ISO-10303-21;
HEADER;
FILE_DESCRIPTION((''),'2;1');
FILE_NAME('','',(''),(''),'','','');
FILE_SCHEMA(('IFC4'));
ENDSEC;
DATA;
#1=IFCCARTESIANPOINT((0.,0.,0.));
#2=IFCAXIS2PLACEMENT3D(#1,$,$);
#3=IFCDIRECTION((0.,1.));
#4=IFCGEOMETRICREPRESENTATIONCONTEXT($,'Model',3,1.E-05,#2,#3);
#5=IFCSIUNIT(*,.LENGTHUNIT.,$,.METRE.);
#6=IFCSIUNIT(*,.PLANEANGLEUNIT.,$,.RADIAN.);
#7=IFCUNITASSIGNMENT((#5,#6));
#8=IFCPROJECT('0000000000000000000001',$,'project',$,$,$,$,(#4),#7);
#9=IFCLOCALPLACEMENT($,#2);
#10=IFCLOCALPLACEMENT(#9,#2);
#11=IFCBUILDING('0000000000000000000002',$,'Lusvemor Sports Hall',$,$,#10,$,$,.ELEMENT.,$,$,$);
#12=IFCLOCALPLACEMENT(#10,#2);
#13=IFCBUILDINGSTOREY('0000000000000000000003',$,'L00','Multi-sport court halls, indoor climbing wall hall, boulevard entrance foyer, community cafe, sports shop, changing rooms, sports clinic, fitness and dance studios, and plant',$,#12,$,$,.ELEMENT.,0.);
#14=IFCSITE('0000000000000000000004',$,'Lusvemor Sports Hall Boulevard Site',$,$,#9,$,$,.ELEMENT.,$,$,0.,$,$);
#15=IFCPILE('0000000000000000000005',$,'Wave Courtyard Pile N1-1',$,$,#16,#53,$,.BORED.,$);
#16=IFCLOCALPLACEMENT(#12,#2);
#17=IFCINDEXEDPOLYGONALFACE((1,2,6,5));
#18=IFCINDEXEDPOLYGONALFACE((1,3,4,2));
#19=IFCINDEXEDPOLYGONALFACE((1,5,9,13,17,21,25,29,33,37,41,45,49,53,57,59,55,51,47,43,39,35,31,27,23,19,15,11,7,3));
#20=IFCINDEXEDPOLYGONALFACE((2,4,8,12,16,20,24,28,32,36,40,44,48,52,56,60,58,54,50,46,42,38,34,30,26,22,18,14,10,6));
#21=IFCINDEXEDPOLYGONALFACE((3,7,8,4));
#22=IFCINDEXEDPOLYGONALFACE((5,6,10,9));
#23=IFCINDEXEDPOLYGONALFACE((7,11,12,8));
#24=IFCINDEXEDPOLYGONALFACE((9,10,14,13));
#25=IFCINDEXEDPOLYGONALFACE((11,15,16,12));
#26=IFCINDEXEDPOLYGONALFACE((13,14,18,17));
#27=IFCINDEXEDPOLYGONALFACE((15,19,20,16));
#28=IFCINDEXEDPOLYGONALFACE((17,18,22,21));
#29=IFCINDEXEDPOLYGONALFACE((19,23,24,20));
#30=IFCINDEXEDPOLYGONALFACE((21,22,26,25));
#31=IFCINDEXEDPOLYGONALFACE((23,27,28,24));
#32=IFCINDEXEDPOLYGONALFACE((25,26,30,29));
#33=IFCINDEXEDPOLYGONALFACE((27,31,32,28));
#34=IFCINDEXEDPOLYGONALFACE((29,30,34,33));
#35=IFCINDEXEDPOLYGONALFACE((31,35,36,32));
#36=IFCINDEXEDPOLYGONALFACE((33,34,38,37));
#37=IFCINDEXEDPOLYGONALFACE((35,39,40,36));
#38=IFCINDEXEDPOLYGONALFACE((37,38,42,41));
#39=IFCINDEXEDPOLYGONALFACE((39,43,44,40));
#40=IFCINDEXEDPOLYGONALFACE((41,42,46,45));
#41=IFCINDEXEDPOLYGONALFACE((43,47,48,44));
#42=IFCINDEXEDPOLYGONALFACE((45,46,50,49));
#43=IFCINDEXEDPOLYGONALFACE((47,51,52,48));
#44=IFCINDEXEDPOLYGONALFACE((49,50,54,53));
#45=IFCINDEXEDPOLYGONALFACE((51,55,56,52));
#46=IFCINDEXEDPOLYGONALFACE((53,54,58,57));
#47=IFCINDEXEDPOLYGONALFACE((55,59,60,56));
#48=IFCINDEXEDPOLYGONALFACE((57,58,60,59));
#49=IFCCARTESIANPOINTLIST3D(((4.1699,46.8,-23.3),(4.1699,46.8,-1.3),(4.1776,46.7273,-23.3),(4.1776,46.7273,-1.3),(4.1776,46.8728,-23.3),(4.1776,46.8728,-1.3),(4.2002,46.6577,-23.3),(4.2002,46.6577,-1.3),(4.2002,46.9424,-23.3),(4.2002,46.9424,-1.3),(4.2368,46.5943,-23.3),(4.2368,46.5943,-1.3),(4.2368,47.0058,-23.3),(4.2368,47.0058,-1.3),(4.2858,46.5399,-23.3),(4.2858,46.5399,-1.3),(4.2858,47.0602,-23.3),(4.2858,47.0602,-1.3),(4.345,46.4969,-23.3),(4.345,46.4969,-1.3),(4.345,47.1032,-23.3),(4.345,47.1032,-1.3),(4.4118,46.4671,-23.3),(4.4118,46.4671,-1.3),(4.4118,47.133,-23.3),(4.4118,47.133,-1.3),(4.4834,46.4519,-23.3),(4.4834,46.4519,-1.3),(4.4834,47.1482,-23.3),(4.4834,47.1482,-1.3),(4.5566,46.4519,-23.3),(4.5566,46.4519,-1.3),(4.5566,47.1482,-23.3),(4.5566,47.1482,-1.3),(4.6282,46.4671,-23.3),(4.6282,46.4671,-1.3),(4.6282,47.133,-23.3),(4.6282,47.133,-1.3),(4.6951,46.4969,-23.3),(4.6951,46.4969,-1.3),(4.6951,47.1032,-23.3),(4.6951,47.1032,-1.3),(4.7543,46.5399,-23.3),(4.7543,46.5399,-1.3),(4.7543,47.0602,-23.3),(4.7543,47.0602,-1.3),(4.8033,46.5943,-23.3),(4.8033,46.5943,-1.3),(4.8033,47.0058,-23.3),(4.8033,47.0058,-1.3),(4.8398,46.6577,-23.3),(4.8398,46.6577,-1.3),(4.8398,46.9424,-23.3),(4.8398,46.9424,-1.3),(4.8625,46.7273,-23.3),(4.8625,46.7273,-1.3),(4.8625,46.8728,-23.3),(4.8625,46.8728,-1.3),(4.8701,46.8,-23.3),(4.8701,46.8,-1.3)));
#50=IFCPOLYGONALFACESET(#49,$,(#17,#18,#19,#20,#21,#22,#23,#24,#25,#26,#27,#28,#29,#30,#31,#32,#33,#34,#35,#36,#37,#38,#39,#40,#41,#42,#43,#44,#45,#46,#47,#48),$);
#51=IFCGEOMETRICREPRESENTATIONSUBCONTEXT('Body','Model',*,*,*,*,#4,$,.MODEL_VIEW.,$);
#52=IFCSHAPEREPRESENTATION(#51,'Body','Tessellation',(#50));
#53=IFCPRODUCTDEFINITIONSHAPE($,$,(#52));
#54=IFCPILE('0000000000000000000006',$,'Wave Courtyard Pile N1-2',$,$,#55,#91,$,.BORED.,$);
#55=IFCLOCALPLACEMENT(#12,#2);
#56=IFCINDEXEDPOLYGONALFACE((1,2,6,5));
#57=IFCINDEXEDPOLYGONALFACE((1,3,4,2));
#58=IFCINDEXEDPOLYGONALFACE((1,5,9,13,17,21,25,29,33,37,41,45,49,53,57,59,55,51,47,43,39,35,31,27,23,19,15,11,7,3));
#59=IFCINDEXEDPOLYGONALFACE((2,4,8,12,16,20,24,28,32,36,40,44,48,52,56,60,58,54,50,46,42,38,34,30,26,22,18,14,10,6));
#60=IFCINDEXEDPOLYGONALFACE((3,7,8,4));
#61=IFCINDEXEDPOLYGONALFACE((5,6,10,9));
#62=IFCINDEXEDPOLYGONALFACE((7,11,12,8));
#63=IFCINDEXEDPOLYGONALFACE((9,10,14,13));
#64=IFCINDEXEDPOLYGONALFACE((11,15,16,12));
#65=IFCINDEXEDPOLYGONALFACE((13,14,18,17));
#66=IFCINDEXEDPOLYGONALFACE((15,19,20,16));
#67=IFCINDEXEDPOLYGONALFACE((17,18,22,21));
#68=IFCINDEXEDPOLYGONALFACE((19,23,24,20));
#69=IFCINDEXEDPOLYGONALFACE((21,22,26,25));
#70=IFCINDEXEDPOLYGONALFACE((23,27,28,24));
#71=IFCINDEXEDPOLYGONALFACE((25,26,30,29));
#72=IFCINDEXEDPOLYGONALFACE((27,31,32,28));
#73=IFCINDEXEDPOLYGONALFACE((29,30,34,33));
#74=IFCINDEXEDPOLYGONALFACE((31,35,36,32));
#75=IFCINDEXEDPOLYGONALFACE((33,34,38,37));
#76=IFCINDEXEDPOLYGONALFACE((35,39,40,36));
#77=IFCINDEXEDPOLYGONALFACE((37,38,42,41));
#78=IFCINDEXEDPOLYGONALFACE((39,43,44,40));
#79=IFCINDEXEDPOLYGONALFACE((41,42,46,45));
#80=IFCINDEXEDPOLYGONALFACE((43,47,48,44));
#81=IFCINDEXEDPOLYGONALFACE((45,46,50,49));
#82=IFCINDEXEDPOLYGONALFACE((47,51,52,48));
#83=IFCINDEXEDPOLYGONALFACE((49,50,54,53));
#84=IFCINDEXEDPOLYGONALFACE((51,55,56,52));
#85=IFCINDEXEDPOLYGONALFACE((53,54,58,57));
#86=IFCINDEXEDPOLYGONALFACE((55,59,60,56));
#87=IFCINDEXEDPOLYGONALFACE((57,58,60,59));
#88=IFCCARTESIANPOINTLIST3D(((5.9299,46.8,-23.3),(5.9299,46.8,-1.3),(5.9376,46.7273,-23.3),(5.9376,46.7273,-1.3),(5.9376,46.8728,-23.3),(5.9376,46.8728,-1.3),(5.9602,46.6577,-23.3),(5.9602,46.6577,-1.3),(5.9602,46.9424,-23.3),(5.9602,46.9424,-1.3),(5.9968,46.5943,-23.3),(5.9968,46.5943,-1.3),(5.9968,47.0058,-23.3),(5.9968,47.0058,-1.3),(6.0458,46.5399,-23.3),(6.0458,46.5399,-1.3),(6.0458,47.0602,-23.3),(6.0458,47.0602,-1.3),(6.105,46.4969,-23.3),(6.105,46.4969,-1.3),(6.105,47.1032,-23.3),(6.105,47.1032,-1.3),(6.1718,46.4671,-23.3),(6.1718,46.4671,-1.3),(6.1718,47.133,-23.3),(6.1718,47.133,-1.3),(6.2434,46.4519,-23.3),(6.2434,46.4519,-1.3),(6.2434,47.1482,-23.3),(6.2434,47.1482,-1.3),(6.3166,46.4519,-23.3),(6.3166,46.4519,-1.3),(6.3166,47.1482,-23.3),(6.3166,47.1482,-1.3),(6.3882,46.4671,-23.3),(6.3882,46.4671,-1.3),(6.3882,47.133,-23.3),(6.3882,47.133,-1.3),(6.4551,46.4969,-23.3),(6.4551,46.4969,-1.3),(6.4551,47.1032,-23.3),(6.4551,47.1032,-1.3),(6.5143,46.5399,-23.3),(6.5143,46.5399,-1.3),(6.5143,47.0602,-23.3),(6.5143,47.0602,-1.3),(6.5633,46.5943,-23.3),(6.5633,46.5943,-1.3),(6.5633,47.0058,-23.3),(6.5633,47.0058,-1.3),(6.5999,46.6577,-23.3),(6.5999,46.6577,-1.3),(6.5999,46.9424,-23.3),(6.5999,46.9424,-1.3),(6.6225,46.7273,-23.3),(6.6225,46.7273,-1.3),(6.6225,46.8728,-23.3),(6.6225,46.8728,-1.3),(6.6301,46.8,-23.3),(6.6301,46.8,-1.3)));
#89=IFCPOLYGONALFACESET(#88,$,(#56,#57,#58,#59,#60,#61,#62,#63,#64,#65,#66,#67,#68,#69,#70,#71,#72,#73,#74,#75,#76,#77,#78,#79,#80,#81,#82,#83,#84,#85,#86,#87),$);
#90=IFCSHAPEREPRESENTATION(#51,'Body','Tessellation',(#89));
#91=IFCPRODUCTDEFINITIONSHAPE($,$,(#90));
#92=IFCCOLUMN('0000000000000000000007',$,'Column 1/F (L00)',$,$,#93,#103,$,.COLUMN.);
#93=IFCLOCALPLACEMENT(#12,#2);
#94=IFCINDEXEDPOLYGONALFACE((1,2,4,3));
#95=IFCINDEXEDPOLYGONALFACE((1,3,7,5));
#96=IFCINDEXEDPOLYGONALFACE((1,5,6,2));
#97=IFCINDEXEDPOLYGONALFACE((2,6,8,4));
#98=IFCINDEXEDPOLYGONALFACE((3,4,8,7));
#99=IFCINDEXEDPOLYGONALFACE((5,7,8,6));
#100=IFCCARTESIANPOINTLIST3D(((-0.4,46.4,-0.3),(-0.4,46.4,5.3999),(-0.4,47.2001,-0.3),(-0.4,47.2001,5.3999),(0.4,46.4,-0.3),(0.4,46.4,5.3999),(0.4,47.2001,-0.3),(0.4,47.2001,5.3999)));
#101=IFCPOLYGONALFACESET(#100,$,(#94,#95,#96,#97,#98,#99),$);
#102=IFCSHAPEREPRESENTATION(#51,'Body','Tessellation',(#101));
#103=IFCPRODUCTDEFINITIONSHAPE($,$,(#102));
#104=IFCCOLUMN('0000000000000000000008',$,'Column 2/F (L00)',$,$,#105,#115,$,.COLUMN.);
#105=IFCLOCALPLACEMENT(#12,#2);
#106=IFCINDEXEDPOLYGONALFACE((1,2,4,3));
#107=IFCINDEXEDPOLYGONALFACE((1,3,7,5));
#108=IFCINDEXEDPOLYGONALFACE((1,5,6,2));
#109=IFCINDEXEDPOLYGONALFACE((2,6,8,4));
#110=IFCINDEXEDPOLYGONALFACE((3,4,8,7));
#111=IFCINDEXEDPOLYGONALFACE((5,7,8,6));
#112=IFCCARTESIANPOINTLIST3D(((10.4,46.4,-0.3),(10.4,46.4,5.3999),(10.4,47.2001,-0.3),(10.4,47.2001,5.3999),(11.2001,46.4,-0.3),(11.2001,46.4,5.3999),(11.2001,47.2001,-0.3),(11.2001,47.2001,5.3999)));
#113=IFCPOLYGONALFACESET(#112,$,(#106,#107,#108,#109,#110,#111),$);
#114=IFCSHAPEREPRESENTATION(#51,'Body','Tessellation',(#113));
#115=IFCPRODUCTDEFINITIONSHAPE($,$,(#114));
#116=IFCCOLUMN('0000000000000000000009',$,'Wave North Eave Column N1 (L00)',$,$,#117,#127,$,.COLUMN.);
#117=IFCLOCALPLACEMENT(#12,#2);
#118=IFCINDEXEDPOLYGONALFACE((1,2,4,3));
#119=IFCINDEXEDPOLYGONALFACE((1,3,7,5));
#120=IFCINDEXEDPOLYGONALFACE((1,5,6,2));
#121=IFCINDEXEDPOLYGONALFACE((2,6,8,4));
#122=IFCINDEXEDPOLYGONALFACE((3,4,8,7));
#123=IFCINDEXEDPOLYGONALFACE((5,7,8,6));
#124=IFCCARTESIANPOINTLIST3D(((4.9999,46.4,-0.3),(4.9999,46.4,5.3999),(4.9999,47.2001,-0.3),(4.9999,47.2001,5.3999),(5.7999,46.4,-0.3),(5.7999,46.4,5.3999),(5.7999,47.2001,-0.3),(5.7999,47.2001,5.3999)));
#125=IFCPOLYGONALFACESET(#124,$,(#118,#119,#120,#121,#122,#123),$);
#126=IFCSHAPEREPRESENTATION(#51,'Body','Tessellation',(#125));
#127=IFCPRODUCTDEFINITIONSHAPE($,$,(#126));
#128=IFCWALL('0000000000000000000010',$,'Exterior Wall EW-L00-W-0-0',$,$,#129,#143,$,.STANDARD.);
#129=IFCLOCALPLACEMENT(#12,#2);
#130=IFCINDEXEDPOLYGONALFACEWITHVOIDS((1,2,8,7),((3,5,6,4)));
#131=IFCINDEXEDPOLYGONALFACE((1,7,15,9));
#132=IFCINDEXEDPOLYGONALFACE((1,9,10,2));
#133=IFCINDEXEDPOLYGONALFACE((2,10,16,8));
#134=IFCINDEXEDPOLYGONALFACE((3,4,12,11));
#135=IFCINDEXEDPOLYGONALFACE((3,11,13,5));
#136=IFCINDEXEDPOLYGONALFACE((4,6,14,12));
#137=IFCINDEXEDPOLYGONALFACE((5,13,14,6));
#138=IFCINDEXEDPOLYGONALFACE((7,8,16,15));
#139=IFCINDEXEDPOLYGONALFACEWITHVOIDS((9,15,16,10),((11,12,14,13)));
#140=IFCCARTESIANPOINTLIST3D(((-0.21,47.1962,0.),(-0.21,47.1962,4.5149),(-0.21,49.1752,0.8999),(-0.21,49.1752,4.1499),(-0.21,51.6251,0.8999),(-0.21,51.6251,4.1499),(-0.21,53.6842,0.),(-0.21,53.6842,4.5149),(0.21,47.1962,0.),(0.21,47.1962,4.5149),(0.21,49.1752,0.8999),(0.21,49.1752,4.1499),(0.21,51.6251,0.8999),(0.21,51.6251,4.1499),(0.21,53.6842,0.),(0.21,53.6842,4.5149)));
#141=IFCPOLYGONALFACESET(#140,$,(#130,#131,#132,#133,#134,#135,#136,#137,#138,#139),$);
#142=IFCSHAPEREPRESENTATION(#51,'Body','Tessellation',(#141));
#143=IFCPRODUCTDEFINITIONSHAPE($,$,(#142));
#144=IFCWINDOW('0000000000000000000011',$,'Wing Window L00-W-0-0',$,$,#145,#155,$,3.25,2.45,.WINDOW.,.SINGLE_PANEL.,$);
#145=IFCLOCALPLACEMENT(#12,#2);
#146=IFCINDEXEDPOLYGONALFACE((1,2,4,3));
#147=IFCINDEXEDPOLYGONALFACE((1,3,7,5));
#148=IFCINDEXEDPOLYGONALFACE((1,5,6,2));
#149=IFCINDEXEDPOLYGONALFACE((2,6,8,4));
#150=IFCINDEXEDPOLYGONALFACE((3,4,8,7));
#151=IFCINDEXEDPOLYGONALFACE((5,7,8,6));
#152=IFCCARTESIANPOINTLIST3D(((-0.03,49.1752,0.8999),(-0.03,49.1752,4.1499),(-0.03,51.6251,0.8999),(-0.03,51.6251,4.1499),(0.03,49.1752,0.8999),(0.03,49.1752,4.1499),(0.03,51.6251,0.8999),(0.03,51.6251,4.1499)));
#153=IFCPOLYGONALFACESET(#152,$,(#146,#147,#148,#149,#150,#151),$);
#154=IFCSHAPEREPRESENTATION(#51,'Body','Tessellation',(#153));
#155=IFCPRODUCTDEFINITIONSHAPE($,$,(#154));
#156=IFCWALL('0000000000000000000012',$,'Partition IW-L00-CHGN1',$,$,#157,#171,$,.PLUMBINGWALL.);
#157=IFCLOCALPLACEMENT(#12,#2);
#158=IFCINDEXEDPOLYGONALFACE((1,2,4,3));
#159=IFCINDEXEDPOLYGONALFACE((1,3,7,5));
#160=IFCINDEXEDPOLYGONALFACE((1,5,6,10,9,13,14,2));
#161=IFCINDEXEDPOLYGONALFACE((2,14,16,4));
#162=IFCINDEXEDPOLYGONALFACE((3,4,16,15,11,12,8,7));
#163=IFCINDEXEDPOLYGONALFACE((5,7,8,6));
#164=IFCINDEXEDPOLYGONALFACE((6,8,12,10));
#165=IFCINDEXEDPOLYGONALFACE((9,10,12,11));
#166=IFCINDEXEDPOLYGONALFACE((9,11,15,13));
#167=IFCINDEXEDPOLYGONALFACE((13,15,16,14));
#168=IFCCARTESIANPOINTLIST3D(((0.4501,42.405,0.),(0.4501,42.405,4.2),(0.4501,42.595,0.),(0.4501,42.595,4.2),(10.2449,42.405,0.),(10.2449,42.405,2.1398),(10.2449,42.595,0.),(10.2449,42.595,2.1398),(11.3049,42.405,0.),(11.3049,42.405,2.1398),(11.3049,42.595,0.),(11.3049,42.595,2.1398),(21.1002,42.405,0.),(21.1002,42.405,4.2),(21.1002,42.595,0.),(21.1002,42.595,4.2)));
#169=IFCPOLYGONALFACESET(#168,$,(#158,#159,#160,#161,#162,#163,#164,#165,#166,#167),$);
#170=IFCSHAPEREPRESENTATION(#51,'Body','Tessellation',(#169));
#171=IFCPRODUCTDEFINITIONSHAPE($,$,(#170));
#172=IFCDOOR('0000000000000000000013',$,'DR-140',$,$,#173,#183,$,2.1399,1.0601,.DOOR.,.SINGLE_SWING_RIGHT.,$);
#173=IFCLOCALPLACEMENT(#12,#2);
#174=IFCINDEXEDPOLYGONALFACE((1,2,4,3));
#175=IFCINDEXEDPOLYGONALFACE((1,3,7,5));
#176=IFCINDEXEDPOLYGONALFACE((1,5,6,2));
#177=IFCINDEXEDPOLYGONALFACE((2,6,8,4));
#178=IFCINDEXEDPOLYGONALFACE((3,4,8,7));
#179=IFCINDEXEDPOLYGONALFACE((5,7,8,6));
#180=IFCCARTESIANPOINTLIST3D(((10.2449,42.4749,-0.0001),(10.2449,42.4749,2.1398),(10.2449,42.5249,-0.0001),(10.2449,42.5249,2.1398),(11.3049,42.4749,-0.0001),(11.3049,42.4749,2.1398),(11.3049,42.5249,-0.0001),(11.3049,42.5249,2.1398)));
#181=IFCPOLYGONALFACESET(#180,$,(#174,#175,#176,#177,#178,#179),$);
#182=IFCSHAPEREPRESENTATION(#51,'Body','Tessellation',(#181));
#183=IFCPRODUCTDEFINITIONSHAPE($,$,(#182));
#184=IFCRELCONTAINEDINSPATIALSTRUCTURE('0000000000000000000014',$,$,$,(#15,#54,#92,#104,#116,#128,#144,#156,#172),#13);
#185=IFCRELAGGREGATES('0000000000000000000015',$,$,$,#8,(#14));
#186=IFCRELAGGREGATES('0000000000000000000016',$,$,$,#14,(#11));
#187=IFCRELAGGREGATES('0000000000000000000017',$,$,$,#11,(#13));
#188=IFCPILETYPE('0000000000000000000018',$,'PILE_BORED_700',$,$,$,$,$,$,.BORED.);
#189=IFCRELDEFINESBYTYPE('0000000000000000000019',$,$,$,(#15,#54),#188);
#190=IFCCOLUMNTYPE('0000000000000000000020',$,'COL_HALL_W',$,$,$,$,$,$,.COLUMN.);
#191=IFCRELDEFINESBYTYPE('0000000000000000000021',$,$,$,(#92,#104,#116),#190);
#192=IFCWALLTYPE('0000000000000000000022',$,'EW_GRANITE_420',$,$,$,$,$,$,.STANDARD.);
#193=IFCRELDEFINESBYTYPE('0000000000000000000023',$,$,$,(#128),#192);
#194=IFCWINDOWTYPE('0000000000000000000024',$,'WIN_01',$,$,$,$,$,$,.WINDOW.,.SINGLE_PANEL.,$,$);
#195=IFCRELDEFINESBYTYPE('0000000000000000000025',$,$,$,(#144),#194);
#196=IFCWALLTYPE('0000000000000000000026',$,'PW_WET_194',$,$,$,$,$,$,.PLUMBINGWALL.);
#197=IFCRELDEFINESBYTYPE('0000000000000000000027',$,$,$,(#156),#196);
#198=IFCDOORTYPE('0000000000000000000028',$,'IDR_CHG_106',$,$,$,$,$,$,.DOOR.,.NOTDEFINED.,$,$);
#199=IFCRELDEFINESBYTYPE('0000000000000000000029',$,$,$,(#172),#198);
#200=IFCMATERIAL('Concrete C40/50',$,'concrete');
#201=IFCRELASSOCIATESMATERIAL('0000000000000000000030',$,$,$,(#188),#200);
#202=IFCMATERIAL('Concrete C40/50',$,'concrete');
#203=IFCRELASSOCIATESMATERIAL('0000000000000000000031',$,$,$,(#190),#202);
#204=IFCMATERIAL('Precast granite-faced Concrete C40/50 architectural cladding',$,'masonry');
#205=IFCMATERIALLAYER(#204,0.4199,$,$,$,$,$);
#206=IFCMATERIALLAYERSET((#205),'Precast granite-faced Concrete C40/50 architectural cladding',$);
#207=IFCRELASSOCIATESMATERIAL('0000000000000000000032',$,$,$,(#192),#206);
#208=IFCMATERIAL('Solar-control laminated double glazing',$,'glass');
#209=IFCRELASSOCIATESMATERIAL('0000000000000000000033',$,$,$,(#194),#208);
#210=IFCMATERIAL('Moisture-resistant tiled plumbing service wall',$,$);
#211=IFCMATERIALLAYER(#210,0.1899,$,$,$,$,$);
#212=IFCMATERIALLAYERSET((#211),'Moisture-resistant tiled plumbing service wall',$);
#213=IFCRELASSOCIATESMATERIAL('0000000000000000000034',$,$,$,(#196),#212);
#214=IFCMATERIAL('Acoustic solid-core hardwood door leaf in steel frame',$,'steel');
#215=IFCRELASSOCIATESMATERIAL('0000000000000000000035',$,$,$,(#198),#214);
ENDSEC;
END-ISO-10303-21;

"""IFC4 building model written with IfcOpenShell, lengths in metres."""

from ifc_helpers import new_model, si_unit, direction, frame, frame_2d, origin, origin_2d, place, context, subcontext, project, spatial, rectangle, circle, extrude, material, layer, layer_set, material_profile, profile_set, type_object, element, fill, save


model = new_model("IFC4")

# Units and contexts
model_context = context("Model", 3, precision=1e-05, world=origin(), true_north=direction((0.0, 1.0)))
body_context = subcontext(model_context, "Body", "Model", "MODEL_VIEW")
ifc_project = project(units=[si_unit("LENGTHUNIT", "METRE"), si_unit("PLANEANGLEUNIT", "RADIAN")], contexts=[model_context])

# Site, building, storey
site_placement = place(None, origin())
site = spatial("IfcSite", under=ifc_project, at=site_placement, Name="Lusvemor Sports Hall Boulevard Site", CompositionType="ELEMENT", RefElevation=0.0)
building_placement = place(site_placement, origin())
building = spatial("IfcBuilding", under=site, at=building_placement, Name="Lusvemor Sports Hall", CompositionType="ELEMENT")
storey_placement = place(building_placement, origin())
storey = spatial("IfcBuildingStorey", under=building, at=storey_placement, Name="L00", Description="Multi-sport court halls, indoor climbing wall hall, boulevard entrance foyer, community cafe, sports shop, changing rooms, sports clinic, fitness and dance studios, and plant", CompositionType="ELEMENT", Elevation=0.0)

# Piles
ifc_material_1 = material(Name="Concrete C40/50", Category="concrete")
ifc_material_profile_1 = material_profile(ifc_material_1, circle(Radius=0.3501, at=origin_2d()), Name="PILE700")
ifc_profile_set_1 = profile_set([ifc_material_profile_1], Name="Concrete C40/50")
pile_type = type_object("IfcPileType", Name="PILE_BORED_700", PredefinedType="BORED", material=ifc_profile_set_1)
for number, where, z_axis, x_axis, name in (
    (1, (4.52, 46.8, -1.3), (0.0, 0.0, -1.0), (1.0, 0.0, 0.0), "Wave Courtyard Pile N1-1"),
    (2, (6.28, 46.8, -1.3), (0.0, 0.0, -1.0), (1.0, 0.0, 0.0), "Wave Courtyard Pile N1-2"),
):
    element("IfcPile", number, at=place(storey_placement, frame(where, z_axis=z_axis, x_axis=x_axis)), inside=storey, type_object=pile_type, Name=name, PredefinedType="BORED", context=body_context, shape_type="SweptSolid", body=[
        extrude(circle(Radius=0.3501, at=origin_2d()), origin(), (0.0, 0.0, 1.0), 22.0),
    ])

# Columns
ifc_material_2 = material(Name="Concrete C40/50", Category="concrete")
ifc_material_profile_2 = material_profile(ifc_material_2, rectangle(XDim=0.8, YDim=0.8, at=origin_2d()), Name="RC800x800")
ifc_profile_set_2 = profile_set([ifc_material_profile_2], Name="Concrete C40/50")
column_type = type_object("IfcColumnType", Name="COL_HALL_W", PredefinedType="COLUMN", material=ifc_profile_set_2)
for number, where, z_axis, x_axis, name in (
    (3, (0.0, 46.8, -0.3), (0.0, 0.0, 1.0), (1.0, 0.0, 0.0), "Column 1/F (L00)"),
    (4, (10.8, 46.8, -0.3), (0.0, 0.0, 1.0), (1.0, 0.0, 0.0), "Column 2/F (L00)"),
    (5, (5.3999, 46.8, -0.3), (0.0, 0.0, 1.0), (1.0, 0.0, 0.0), "Wave North Eave Column N1 (L00)"),
):
    element("IfcColumn", number, at=place(storey_placement, frame(where, z_axis=z_axis, x_axis=x_axis)), inside=storey, type_object=column_type, Name=name, PredefinedType="COLUMN", context=body_context, shape_type="SweptSolid", body=[
        extrude(rectangle(XDim=0.8, YDim=0.8, at=origin_2d()), origin(), (0.0, 0.0, 1.0), 5.7),
    ])

# Wall, opening, window
ifc_material_3 = material(Name="Precast granite-faced Concrete C40/50 architectural cladding", Category="masonry")
ifc_layer_1 = layer(ifc_material_3, 0.4199)
ifc_layer_set_1 = layer_set([ifc_layer_1], Name="Precast granite-faced Concrete C40/50 architectural cladding")
wall_type_1 = type_object("IfcWallType", Name="EW_GRANITE_420", PredefinedType="STANDARD", material=ifc_layer_set_1)
wall_1_placement = place(storey_placement, frame((0.0, 47.196, 0.0), z_axis=(0.0, 0.0, 1.0), x_axis=(0.0, 1.0, 0.0)))
wall_1 = element("IfcWall", 6, at=wall_1_placement, inside=storey, type_object=wall_type_1, Name="Exterior Wall EW-L00-W-0-0", PredefinedType="STANDARD", context=body_context, shape_type="SweptSolid", body=[
    extrude(rectangle(XDim=6.488, YDim=0.4199, at=frame_2d((3.2441, 0.0))), origin(), (0.0, 0.0, 1.0), 4.5149),
])
opening_1_placement = place(wall_1_placement, frame((1.979, 0.0, 0.8999)))
opening_1 = element("IfcOpeningElement", 7, at=opening_1_placement, cuts=wall_1, PredefinedType="OPENING", context=body_context, shape_type="SweptSolid", body=[
    extrude(rectangle(XDim=2.45, YDim=3.25, at=frame_2d((1.2251, 1.625))), frame((0.0, 0.21, 0.0), z_axis=(0.0, -1.0, 0.0), x_axis=(1.0, 0.0, 0.0)), (0.0, 0.0, 1.0), 0.4199),
])
ifc_material_4 = material(Name="Solar-control laminated double glazing", Category="glass")
window_type = type_object("IfcWindowType", Name="WIN_01", PartitioningType="SINGLE_PANEL", PredefinedType="WINDOW", material=ifc_material_4)
window_placement = place(opening_1_placement, origin())
window = element("IfcWindow", 8, at=window_placement, inside=storey, type_object=window_type, Name="Wing Window L00-W-0-0", OverallHeight=3.25, OverallWidth=2.45, PartitioningType="SINGLE_PANEL", PredefinedType="WINDOW", context=body_context, shape_type="SweptSolid", body=[
    extrude(rectangle(XDim=2.45, YDim=3.25, at=frame_2d((1.2251, 1.625))), frame((0.0, 0.03, 0.0), z_axis=(0.0, -1.0, 0.0), x_axis=(1.0, 0.0, 0.0)), (0.0, 0.0, 1.0), 0.0601),
])
fill(opening_1, window)

# Wall, opening, door
ifc_material_5 = material(Name="Moisture-resistant tiled plumbing service wall")
ifc_layer_2 = layer(ifc_material_5, 0.1899)
ifc_layer_set_2 = layer_set([ifc_layer_2], Name="Moisture-resistant tiled plumbing service wall")
wall_type_2 = type_object("IfcWallType", Name="PW_WET_194", PredefinedType="PLUMBINGWALL", material=ifc_layer_set_2)
wall_2_placement = place(storey_placement, frame((0.45, 42.5, 0.0), z_axis=(0.0, 0.0, 1.0), x_axis=(1.0, 0.0, 0.0)))
wall_2 = element("IfcWall", 9, at=wall_2_placement, inside=storey, type_object=wall_type_2, Name="Partition IW-L00-CHGN1", PredefinedType="PLUMBINGWALL", context=body_context, shape_type="SweptSolid", body=[
    extrude(rectangle(XDim=20.6501, YDim=0.1899, at=frame_2d((10.3252, 0.0))), origin(), (0.0, 0.0, 1.0), 4.2),
])
opening_2_placement = place(wall_2_placement, frame((9.7949, 0.0, 0.0)))
opening_2 = element("IfcOpeningElement", 10, at=opening_2_placement, cuts=wall_2, PredefinedType="OPENING", context=body_context, shape_type="SweptSolid", body=[
    extrude(rectangle(XDim=1.0601, YDim=2.1399, at=frame_2d((0.53, 1.0698))), frame((0.0, 0.095, 0.0), z_axis=(0.0, -1.0, 0.0), x_axis=(1.0, 0.0, 0.0)), (0.0, 0.0, 1.0), 0.1899),
])
ifc_material_6 = material(Name="Acoustic solid-core hardwood door leaf in steel frame", Category="steel")
door_type = type_object("IfcDoorType", Name="IDR_CHG_106", OperationType="NOTDEFINED", PredefinedType="DOOR", material=ifc_material_6)
door_placement = place(opening_2_placement, origin())
door = element("IfcDoor", 11, at=door_placement, inside=storey, type_object=door_type, Name="DR-140", OperationType="SINGLE_SWING_RIGHT", OverallHeight=2.1399, OverallWidth=1.0601, PredefinedType="DOOR", context=body_context, shape_type="SweptSolid", body=[
    extrude(rectangle(XDim=1.0601, YDim=2.1399, at=frame_2d((0.53, 1.0698))), frame((0.0, 0.0249, 0.0), z_axis=(0.0, -1.0, 0.0), x_axis=(1.0, 0.0, 0.0)), (0.0, 0.0, 1.0), 0.05),
])
fill(opening_2, door)

save(model, "model.ifc")
